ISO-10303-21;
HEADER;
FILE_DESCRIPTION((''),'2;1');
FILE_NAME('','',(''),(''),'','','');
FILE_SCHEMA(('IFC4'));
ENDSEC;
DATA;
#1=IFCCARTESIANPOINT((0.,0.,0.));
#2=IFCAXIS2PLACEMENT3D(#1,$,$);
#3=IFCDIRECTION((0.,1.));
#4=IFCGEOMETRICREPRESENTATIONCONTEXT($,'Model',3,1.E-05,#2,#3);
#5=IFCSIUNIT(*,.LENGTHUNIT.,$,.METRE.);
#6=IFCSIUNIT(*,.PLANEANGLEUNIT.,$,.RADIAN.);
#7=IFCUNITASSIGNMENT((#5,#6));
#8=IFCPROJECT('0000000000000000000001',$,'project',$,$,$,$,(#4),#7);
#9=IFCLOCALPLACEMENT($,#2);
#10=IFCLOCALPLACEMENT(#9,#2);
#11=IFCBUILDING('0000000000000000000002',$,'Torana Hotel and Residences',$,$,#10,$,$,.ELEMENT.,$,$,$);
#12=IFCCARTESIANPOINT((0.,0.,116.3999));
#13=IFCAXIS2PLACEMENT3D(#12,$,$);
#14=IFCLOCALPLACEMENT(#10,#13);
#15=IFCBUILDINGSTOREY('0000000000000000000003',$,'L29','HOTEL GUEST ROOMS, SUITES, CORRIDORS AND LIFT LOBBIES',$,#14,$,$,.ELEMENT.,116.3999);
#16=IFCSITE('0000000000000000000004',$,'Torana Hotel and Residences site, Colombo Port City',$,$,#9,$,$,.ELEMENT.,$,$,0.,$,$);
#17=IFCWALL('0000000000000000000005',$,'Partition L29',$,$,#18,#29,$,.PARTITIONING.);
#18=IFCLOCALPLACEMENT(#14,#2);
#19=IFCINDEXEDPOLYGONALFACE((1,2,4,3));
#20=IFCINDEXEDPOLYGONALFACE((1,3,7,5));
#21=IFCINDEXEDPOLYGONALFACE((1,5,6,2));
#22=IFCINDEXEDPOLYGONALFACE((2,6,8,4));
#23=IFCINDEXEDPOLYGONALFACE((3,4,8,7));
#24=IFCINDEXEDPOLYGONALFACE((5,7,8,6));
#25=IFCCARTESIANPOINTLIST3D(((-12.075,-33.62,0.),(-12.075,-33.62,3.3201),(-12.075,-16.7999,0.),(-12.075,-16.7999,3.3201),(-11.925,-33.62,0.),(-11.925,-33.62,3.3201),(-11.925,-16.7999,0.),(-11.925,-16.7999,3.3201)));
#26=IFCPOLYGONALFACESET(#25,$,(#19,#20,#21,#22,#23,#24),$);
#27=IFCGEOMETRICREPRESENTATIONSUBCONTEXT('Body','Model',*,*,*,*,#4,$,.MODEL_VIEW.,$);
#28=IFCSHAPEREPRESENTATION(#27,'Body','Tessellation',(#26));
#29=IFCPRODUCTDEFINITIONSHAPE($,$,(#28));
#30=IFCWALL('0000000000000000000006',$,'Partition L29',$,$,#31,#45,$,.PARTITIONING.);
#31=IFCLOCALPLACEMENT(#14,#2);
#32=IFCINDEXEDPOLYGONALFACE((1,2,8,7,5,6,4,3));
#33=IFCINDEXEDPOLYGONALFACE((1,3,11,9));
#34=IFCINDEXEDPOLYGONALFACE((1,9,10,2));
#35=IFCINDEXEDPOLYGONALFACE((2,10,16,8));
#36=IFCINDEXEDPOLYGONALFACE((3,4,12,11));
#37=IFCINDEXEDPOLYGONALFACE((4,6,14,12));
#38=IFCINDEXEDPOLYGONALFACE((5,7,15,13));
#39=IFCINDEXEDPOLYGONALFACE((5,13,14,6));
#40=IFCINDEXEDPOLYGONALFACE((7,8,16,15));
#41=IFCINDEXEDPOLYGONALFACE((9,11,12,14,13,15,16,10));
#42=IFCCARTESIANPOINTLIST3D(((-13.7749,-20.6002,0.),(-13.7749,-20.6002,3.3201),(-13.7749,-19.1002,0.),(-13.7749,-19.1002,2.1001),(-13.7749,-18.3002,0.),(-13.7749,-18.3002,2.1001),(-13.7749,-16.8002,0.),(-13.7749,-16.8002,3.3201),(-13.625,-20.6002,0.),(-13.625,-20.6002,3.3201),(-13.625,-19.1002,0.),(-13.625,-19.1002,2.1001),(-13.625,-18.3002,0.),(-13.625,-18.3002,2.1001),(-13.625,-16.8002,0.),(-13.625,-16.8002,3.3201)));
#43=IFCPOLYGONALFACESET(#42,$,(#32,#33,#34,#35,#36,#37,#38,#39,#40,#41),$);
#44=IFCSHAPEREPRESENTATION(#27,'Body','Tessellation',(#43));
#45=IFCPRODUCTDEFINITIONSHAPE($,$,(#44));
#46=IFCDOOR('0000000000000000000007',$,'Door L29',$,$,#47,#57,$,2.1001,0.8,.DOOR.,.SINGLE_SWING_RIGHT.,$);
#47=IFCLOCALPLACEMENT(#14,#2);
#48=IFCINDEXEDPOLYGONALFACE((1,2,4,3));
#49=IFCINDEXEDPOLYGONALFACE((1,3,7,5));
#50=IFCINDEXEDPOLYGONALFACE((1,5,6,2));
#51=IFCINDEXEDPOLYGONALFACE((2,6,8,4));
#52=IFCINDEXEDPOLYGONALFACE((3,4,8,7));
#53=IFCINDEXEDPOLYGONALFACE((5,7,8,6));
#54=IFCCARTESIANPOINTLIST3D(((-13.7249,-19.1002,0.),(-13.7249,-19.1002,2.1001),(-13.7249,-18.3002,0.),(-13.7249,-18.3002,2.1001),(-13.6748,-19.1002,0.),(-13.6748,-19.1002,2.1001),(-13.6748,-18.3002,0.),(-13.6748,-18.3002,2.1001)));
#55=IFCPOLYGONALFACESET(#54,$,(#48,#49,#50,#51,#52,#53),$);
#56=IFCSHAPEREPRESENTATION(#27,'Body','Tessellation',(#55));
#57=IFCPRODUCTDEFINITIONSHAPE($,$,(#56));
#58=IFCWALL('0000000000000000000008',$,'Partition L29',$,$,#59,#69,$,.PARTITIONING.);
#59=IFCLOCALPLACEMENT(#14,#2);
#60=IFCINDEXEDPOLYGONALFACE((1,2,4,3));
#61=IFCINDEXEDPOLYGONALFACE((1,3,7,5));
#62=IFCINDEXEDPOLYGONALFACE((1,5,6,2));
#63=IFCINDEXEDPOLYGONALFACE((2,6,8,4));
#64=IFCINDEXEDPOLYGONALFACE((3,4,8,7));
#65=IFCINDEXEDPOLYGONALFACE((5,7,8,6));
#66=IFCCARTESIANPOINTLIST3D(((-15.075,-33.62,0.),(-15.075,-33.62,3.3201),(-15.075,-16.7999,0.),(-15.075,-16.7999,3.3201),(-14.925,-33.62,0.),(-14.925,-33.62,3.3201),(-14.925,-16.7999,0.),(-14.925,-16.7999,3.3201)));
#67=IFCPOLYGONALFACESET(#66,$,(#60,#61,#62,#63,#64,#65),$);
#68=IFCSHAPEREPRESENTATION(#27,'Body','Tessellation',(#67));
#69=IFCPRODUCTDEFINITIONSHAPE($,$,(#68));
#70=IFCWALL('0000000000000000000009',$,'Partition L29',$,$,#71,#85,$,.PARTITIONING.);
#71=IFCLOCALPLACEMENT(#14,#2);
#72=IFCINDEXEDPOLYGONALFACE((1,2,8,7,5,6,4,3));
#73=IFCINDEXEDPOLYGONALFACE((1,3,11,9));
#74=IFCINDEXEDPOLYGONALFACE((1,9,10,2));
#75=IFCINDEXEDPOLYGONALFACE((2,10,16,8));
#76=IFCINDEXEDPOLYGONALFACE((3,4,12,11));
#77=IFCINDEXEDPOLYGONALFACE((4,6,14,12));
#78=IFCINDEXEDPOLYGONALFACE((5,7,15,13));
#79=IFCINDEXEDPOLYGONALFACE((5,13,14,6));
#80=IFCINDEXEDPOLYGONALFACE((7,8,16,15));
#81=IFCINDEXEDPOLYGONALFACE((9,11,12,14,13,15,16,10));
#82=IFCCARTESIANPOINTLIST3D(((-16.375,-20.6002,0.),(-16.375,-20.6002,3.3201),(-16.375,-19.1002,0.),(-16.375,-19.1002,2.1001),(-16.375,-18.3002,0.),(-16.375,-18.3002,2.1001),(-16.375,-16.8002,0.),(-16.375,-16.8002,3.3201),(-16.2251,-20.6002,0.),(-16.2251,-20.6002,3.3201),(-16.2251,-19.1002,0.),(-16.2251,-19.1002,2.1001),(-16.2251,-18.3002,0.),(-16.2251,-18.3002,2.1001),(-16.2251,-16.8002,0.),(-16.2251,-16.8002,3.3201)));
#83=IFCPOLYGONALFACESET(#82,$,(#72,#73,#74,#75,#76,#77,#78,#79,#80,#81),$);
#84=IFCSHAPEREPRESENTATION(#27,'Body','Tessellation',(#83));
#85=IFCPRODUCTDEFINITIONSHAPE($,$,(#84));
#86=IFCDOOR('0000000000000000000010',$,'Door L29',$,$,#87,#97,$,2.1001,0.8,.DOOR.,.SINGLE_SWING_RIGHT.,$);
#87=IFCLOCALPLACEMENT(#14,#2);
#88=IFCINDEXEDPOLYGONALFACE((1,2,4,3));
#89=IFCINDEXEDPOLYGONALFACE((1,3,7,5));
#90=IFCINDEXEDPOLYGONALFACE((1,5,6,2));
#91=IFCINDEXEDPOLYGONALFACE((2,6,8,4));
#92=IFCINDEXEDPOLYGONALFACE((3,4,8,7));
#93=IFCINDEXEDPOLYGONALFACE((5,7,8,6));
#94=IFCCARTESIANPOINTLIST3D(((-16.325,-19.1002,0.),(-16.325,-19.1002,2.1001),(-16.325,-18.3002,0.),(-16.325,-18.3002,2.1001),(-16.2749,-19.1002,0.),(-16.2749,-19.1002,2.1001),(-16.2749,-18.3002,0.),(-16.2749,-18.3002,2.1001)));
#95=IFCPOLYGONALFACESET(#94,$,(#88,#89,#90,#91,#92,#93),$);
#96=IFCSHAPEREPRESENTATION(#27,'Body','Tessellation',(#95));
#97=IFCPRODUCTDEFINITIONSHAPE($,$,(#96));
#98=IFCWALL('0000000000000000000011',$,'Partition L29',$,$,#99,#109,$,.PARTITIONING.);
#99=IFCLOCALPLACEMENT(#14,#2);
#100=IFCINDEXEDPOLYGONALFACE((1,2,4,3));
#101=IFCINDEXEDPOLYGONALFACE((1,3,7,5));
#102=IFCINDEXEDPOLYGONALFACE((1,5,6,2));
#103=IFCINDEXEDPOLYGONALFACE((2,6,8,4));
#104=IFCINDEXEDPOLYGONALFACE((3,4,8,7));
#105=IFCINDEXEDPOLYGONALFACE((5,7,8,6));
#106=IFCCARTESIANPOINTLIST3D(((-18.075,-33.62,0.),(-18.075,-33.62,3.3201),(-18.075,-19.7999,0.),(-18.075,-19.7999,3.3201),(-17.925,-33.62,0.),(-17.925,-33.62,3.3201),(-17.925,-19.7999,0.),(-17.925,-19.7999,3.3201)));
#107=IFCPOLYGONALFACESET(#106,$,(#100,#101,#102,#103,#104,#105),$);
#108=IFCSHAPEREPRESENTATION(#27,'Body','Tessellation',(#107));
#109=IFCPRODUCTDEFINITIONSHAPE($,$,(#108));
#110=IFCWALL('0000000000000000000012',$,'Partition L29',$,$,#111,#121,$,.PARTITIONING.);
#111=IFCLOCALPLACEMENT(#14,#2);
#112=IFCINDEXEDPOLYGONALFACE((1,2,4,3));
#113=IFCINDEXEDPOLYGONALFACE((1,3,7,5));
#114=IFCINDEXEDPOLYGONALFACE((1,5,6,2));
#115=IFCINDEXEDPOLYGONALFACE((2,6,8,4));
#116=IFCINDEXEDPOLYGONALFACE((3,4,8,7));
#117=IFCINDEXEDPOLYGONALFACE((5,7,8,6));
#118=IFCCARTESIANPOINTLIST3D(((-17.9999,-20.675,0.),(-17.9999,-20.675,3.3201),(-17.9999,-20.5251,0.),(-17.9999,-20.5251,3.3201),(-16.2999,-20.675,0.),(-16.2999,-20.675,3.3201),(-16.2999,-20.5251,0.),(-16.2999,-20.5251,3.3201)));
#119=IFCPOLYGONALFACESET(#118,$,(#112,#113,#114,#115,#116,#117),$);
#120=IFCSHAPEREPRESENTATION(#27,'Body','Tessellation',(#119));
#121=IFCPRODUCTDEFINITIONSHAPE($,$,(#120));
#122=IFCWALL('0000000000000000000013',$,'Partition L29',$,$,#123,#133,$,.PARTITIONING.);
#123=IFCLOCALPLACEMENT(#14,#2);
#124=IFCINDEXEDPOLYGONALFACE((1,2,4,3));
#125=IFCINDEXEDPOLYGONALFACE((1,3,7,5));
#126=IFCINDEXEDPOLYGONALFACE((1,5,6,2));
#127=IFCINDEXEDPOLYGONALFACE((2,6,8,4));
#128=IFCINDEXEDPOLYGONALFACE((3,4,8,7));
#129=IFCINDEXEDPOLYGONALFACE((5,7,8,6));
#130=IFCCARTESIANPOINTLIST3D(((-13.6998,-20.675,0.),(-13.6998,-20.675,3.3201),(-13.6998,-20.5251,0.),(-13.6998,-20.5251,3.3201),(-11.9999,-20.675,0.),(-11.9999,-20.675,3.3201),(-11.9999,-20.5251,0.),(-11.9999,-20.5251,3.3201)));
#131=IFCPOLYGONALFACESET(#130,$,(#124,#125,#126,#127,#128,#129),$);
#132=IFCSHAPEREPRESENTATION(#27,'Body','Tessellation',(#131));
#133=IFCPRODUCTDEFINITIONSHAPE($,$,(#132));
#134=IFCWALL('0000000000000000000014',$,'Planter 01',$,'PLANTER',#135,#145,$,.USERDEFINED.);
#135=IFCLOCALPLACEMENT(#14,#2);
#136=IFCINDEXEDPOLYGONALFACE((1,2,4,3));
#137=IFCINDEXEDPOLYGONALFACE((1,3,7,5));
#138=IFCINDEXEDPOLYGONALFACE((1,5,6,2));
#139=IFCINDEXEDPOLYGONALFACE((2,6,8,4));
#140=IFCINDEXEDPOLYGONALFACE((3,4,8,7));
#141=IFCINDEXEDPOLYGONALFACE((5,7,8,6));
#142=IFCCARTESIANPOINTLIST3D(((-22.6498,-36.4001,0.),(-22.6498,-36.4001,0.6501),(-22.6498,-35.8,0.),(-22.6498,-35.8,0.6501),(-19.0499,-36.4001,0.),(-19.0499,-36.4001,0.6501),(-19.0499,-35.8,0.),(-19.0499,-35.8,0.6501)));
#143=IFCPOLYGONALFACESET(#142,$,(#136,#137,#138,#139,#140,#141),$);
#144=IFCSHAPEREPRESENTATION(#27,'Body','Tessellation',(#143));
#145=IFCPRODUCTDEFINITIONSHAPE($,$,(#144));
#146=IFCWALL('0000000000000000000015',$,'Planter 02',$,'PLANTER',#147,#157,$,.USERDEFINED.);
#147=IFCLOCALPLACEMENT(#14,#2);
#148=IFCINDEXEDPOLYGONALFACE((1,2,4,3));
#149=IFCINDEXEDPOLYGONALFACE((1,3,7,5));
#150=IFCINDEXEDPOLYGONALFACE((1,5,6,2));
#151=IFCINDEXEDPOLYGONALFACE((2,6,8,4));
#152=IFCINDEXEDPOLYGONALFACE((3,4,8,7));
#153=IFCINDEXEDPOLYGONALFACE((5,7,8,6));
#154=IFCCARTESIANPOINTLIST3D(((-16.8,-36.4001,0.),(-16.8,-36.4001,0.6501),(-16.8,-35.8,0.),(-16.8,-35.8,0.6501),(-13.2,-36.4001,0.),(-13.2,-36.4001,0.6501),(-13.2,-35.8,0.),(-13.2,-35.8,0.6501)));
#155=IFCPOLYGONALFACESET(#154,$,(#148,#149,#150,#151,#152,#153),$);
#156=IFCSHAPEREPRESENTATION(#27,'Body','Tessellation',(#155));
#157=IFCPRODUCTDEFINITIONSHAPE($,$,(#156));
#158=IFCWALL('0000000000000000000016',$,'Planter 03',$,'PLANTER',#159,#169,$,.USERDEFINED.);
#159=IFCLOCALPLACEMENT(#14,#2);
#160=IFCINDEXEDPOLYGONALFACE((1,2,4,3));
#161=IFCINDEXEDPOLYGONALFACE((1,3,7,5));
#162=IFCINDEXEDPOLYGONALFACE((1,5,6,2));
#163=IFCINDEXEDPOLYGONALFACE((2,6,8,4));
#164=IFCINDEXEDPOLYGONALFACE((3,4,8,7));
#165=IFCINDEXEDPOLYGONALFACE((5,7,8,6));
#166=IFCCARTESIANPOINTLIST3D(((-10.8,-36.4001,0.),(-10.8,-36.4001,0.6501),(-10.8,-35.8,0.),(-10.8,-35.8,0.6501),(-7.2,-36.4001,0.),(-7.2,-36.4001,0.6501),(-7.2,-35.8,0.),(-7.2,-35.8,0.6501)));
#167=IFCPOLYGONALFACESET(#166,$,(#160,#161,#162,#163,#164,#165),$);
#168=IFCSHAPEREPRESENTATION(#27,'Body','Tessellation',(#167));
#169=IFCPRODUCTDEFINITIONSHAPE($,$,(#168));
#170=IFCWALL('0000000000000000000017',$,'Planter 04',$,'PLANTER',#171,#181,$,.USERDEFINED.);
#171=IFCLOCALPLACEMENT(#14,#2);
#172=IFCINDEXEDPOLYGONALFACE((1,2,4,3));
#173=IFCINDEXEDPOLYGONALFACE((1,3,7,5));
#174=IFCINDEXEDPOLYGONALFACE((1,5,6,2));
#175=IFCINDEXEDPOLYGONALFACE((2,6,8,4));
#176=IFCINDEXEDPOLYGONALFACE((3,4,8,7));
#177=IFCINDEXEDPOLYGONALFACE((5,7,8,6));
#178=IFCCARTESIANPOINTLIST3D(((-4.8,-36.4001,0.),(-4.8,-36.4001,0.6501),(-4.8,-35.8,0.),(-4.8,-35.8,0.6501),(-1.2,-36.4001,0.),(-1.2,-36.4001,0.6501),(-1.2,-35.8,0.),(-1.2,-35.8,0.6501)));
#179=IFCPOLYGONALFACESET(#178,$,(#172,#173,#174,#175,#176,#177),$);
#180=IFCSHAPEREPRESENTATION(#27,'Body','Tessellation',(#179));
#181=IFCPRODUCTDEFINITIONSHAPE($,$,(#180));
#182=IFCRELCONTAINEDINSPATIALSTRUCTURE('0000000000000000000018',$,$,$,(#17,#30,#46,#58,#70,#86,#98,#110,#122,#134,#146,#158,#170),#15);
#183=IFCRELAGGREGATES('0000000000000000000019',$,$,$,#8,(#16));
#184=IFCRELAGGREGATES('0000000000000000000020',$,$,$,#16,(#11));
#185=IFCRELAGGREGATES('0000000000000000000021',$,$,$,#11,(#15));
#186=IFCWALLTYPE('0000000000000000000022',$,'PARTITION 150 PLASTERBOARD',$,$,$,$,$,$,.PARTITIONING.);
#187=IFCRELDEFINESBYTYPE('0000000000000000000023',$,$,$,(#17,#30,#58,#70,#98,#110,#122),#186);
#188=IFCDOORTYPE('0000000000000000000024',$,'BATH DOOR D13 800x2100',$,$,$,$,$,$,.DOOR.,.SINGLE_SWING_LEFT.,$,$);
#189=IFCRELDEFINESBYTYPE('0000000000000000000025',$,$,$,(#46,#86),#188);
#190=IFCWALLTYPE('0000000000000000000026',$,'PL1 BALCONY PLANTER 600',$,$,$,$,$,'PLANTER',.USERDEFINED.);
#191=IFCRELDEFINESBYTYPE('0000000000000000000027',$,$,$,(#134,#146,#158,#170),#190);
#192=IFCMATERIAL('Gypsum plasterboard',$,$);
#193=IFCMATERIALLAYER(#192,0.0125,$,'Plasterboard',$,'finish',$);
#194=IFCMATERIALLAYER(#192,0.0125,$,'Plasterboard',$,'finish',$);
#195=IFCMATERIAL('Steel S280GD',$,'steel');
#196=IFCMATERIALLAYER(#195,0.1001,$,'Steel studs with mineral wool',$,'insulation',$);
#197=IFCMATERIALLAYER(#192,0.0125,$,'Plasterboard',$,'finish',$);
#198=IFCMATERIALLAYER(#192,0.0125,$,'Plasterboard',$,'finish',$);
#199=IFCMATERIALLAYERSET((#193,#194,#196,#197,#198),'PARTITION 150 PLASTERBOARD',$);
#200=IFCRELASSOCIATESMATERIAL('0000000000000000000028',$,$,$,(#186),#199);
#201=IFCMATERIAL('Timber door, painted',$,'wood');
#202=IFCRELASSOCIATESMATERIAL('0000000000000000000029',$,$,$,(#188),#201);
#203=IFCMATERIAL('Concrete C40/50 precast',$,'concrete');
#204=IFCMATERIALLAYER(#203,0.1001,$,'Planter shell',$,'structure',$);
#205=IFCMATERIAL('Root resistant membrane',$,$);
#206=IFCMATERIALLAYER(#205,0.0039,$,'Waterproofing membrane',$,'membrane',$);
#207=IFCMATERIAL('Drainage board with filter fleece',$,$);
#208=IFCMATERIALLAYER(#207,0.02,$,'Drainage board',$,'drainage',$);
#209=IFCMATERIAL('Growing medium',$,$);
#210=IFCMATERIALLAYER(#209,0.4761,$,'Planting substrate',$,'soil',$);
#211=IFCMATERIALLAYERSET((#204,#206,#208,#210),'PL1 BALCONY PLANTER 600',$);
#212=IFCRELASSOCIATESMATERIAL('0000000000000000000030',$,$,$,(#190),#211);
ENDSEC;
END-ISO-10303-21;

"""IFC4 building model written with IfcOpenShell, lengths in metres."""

from ifc_helpers import new_model, si_unit, direction, frame, frame_2d, origin, place, context, subcontext, project, spatial, rectangle, extrude, material, layer, layer_set, type_object, element, fill, save


model = new_model("IFC4")

# Units and contexts
model_context = context("Model", 3, precision=1e-05, world=origin(), true_north=direction((0.0, 1.0)))
body_context = subcontext(model_context, "Body", "Model", "MODEL_VIEW")
ifc_project = project(units=[si_unit("LENGTHUNIT", "METRE"), si_unit("PLANEANGLEUNIT", "RADIAN")], contexts=[model_context])

# Site, building, storey
site_placement = place(None, origin())
site = spatial("IfcSite", under=ifc_project, at=site_placement, Name="Torana Hotel and Residences site, Colombo Port City", CompositionType="ELEMENT", RefElevation=0.0)
building_placement = place(site_placement, origin())
building = spatial("IfcBuilding", under=site, at=building_placement, Name="Torana Hotel and Residences", CompositionType="ELEMENT")
storey_placement = place(building_placement, frame((0.0, 0.0, 116.3999)))
storey = spatial("IfcBuildingStorey", under=building, at=storey_placement, Name="L29", Description="HOTEL GUEST ROOMS, SUITES, CORRIDORS AND LIFT LOBBIES", CompositionType="ELEMENT", Elevation=116.3999)

# Wall
ifc_material_1 = material(Name="Gypsum plasterboard")
ifc_layer_1 = layer(ifc_material_1, 0.0125, Name="Plasterboard", Category="finish")
ifc_layer_2 = layer(ifc_material_1, 0.0125, Name="Plasterboard", Category="finish")
ifc_material_2 = material(Name="Steel S280GD", Category="steel")
ifc_layer_3 = layer(ifc_material_2, 0.1001, Name="Steel studs with mineral wool", Category="insulation")
ifc_layer_4 = layer(ifc_material_1, 0.0125, Name="Plasterboard", Category="finish")
ifc_layer_5 = layer(ifc_material_1, 0.0125, Name="Plasterboard", Category="finish")
ifc_layer_set_1 = layer_set([ifc_layer_1, ifc_layer_2, ifc_layer_3, ifc_layer_4, ifc_layer_5], Name="PARTITION 150 PLASTERBOARD")
wall_type_1 = type_object("IfcWallType", Name="PARTITION 150 PLASTERBOARD", PredefinedType="PARTITIONING", material=ifc_layer_set_1)
wall_1_placement = place(storey_placement, frame((-12.0, -33.6201, 0.0), z_axis=(0.0, 0.0, 1.0), x_axis=(0.0, 1.0, 0.0)))
element("IfcWall", 1, at=wall_1_placement, inside=storey, type_object=wall_type_1, Name="Partition L29", PredefinedType="PARTITIONING", context=body_context, shape_type="SweptSolid", body=[
    extrude(rectangle(XDim=16.8201, YDim=0.1499, at=frame_2d((8.4102, 0.0))), origin(), (0.0, 0.0, 1.0), 3.3201),
])

# Wall, opening, door
wall_2_placement = place(storey_placement, frame((-13.7, -20.6001, 0.0), z_axis=(0.0, 0.0, 1.0), x_axis=(0.0, 1.0, 0.0)))
wall_2 = element("IfcWall", 2, at=wall_2_placement, inside=storey, type_object=wall_type_1, Name="Partition L29", PredefinedType="PARTITIONING", context=body_context, shape_type="SweptSolid", body=[
    extrude(rectangle(XDim=3.8, YDim=0.1499, at=frame_2d((1.8999, 0.0))), origin(), (0.0, 0.0, 1.0), 3.3201),
])
opening_1_placement = place(wall_2_placement, frame((1.5, 0.0, 0.0)))
opening_1 = element("IfcOpeningElement", 3, at=opening_1_placement, cuts=wall_2, PredefinedType="OPENING", context=body_context, shape_type="SweptSolid", body=[
    extrude(rectangle(XDim=0.8, YDim=2.1001, at=frame_2d((0.3999, 1.05))), frame((0.0, 0.085, 0.0), z_axis=(0.0, -1.0, 0.0), x_axis=(1.0, 0.0, 0.0)), (0.0, 0.0, 1.0), 0.1699),
])
ifc_material_3 = material(Name="Timber door, painted", Category="wood")
door_type_1 = type_object("IfcDoorType", Name="BATH DOOR D13 800x2100", OperationType="SINGLE_SWING_LEFT", PredefinedType="DOOR", material=ifc_material_3)
door_1_placement = place(opening_1_placement, origin())
door_1 = element("IfcDoor", 4, at=door_1_placement, inside=storey, type_object=door_type_1, Name="Door L29", OperationType="SINGLE_SWING_RIGHT", OverallHeight=2.1001, OverallWidth=0.8, PredefinedType="DOOR", context=body_context, shape_type="SweptSolid", body=[
    extrude(rectangle(XDim=0.8, YDim=2.1001, at=frame_2d((0.3999, 1.05))), frame((0.0, 0.0249, 0.0), z_axis=(0.0, -1.0, 0.0), x_axis=(1.0, 0.0, 0.0)), (0.0, 0.0, 1.0), 0.05),
])
fill(opening_1, door_1)

# Wall
wall_3_placement = place(storey_placement, frame((-15.0, -33.6201, 0.0), z_axis=(0.0, 0.0, 1.0), x_axis=(0.0, 1.0, 0.0)))
element("IfcWall", 5, at=wall_3_placement, inside=storey, type_object=wall_type_1, Name="Partition L29", PredefinedType="PARTITIONING", context=body_context, shape_type="SweptSolid", body=[
    extrude(rectangle(XDim=16.8201, YDim=0.1499, at=frame_2d((8.4102, 0.0))), origin(), (0.0, 0.0, 1.0), 3.3201),
])

# Wall, opening, door
wall_4_placement = place(storey_placement, frame((-16.3, -20.6001, 0.0), z_axis=(0.0, 0.0, 1.0), x_axis=(0.0, 1.0, 0.0)))
wall_4 = element("IfcWall", 6, at=wall_4_placement, inside=storey, type_object=wall_type_1, Name="Partition L29", PredefinedType="PARTITIONING", context=body_context, shape_type="SweptSolid", body=[
    extrude(rectangle(XDim=3.8, YDim=0.1499, at=frame_2d((1.8999, 0.0))), origin(), (0.0, 0.0, 1.0), 3.3201),
])
opening_2_placement = place(wall_4_placement, frame((1.5, 0.0, 0.0)))
opening_2 = element("IfcOpeningElement", 7, at=opening_2_placement, cuts=wall_4, PredefinedType="OPENING", context=body_context, shape_type="SweptSolid", body=[
    extrude(rectangle(XDim=0.8, YDim=2.1001, at=frame_2d((0.3999, 1.05))), frame((0.0, 0.085, 0.0), z_axis=(0.0, -1.0, 0.0), x_axis=(1.0, 0.0, 0.0)), (0.0, 0.0, 1.0), 0.1699),
])
door_2_placement = place(opening_2_placement, origin())
door_2 = element("IfcDoor", 8, at=door_2_placement, inside=storey, type_object=door_type_1, Name="Door L29", OperationType="SINGLE_SWING_RIGHT", OverallHeight=2.1001, OverallWidth=0.8, PredefinedType="DOOR", context=body_context, shape_type="SweptSolid", body=[
    extrude(rectangle(XDim=0.8, YDim=2.1001, at=frame_2d((0.3999, 1.05))), frame((0.0, 0.0249, 0.0), z_axis=(0.0, -1.0, 0.0), x_axis=(1.0, 0.0, 0.0)), (0.0, 0.0, 1.0), 0.05),
])
fill(opening_2, door_2)

# Walls
wall_5_placement = place(storey_placement, frame((-18.0, -33.6201, 0.0), z_axis=(0.0, 0.0, 1.0), x_axis=(0.0, 1.0, 0.0)))
element("IfcWall", 9, at=wall_5_placement, inside=storey, type_object=wall_type_1, Name="Partition L29", PredefinedType="PARTITIONING", context=body_context, shape_type="SweptSolid", body=[
    extrude(rectangle(XDim=13.8201, YDim=0.1499, at=frame_2d((6.9102, 0.0))), origin(), (0.0, 0.0, 1.0), 3.3201),
])
for number, where, z_axis, x_axis, name in (
    (10, (-18.0, -20.6001, 0.0), (0.0, 0.0, 1.0), (1.0, 0.0, 0.0), "Partition L29"),
    (11, (-13.7, -20.6001, 0.0), (0.0, 0.0, 1.0), (1.0, 0.0, 0.0), "Partition L29"),
):
    element("IfcWall", number, at=place(storey_placement, frame(where, z_axis=z_axis, x_axis=x_axis)), inside=storey, type_object=wall_type_1, Name=name, PredefinedType="PARTITIONING", context=body_context, shape_type="SweptSolid", body=[
        extrude(rectangle(XDim=1.7, YDim=0.1499, at=frame_2d((0.8501, 0.0))), origin(), (0.0, 0.0, 1.0), 3.3201),
    ])
ifc_material_4 = material(Name="Concrete C40/50 precast", Category="concrete")
ifc_layer_6 = layer(ifc_material_4, 0.1001, Name="Planter shell", Category="structure")
ifc_material_5 = material(Name="Root resistant membrane")
ifc_layer_7 = layer(ifc_material_5, 0.0039, Name="Waterproofing membrane", Category="membrane")
ifc_material_6 = material(Name="Drainage board with filter fleece")
ifc_layer_8 = layer(ifc_material_6, 0.02, Name="Drainage board", Category="drainage")
ifc_material_7 = material(Name="Growing medium")
ifc_layer_9 = layer(ifc_material_7, 0.4761, Name="Planting substrate", Category="soil")
ifc_layer_set_2 = layer_set([ifc_layer_6, ifc_layer_7, ifc_layer_8, ifc_layer_9], Name="PL1 BALCONY PLANTER 600")
wall_type_2 = type_object("IfcWallType", Name="PL1 BALCONY PLANTER 600", ElementType="PLANTER", PredefinedType="USERDEFINED", material=ifc_layer_set_2)
wall_6_placement = place(storey_placement, frame((-19.05, -36.1001, 0.0), z_axis=(0.0, 0.0, 1.0), x_axis=(-1.0, 0.0, 0.0)))
element("IfcWall", 12, at=wall_6_placement, inside=storey, type_object=wall_type_2, Name="Planter 01", ObjectType="PLANTER", PredefinedType="USERDEFINED", context=body_context, shape_type="SweptSolid", body=[
    extrude(rectangle(XDim=3.5999, YDim=0.6001, at=frame_2d((1.7998, 0.0))), origin(), (0.0, 0.0, 1.0), 0.6501),
])
for number, where, z_axis, x_axis, name in (
    (13, (-13.2, -36.1001, 0.0), (0.0, 0.0, 1.0), (-1.0, 0.0, 0.0), "Planter 02"),
    (14, (-7.2, -36.1001, 0.0), (0.0, 0.0, 1.0), (-1.0, 0.0, 0.0), "Planter 03"),
    (15, (-1.2, -36.1001, 0.0), (0.0, 0.0, 1.0), (-1.0, 0.0, 0.0), "Planter 04"),
):
    element("IfcWall", number, at=place(storey_placement, frame(where, z_axis=z_axis, x_axis=x_axis)), inside=storey, type_object=wall_type_2, Name=name, ObjectType="PLANTER", PredefinedType="USERDEFINED", context=body_context, shape_type="SweptSolid", body=[
        extrude(rectangle(XDim=3.6001, YDim=0.6001, at=frame_2d((1.8, 0.0))), origin(), (0.0, 0.0, 1.0), 0.6501),
    ])

save(model, "model.ifc")
